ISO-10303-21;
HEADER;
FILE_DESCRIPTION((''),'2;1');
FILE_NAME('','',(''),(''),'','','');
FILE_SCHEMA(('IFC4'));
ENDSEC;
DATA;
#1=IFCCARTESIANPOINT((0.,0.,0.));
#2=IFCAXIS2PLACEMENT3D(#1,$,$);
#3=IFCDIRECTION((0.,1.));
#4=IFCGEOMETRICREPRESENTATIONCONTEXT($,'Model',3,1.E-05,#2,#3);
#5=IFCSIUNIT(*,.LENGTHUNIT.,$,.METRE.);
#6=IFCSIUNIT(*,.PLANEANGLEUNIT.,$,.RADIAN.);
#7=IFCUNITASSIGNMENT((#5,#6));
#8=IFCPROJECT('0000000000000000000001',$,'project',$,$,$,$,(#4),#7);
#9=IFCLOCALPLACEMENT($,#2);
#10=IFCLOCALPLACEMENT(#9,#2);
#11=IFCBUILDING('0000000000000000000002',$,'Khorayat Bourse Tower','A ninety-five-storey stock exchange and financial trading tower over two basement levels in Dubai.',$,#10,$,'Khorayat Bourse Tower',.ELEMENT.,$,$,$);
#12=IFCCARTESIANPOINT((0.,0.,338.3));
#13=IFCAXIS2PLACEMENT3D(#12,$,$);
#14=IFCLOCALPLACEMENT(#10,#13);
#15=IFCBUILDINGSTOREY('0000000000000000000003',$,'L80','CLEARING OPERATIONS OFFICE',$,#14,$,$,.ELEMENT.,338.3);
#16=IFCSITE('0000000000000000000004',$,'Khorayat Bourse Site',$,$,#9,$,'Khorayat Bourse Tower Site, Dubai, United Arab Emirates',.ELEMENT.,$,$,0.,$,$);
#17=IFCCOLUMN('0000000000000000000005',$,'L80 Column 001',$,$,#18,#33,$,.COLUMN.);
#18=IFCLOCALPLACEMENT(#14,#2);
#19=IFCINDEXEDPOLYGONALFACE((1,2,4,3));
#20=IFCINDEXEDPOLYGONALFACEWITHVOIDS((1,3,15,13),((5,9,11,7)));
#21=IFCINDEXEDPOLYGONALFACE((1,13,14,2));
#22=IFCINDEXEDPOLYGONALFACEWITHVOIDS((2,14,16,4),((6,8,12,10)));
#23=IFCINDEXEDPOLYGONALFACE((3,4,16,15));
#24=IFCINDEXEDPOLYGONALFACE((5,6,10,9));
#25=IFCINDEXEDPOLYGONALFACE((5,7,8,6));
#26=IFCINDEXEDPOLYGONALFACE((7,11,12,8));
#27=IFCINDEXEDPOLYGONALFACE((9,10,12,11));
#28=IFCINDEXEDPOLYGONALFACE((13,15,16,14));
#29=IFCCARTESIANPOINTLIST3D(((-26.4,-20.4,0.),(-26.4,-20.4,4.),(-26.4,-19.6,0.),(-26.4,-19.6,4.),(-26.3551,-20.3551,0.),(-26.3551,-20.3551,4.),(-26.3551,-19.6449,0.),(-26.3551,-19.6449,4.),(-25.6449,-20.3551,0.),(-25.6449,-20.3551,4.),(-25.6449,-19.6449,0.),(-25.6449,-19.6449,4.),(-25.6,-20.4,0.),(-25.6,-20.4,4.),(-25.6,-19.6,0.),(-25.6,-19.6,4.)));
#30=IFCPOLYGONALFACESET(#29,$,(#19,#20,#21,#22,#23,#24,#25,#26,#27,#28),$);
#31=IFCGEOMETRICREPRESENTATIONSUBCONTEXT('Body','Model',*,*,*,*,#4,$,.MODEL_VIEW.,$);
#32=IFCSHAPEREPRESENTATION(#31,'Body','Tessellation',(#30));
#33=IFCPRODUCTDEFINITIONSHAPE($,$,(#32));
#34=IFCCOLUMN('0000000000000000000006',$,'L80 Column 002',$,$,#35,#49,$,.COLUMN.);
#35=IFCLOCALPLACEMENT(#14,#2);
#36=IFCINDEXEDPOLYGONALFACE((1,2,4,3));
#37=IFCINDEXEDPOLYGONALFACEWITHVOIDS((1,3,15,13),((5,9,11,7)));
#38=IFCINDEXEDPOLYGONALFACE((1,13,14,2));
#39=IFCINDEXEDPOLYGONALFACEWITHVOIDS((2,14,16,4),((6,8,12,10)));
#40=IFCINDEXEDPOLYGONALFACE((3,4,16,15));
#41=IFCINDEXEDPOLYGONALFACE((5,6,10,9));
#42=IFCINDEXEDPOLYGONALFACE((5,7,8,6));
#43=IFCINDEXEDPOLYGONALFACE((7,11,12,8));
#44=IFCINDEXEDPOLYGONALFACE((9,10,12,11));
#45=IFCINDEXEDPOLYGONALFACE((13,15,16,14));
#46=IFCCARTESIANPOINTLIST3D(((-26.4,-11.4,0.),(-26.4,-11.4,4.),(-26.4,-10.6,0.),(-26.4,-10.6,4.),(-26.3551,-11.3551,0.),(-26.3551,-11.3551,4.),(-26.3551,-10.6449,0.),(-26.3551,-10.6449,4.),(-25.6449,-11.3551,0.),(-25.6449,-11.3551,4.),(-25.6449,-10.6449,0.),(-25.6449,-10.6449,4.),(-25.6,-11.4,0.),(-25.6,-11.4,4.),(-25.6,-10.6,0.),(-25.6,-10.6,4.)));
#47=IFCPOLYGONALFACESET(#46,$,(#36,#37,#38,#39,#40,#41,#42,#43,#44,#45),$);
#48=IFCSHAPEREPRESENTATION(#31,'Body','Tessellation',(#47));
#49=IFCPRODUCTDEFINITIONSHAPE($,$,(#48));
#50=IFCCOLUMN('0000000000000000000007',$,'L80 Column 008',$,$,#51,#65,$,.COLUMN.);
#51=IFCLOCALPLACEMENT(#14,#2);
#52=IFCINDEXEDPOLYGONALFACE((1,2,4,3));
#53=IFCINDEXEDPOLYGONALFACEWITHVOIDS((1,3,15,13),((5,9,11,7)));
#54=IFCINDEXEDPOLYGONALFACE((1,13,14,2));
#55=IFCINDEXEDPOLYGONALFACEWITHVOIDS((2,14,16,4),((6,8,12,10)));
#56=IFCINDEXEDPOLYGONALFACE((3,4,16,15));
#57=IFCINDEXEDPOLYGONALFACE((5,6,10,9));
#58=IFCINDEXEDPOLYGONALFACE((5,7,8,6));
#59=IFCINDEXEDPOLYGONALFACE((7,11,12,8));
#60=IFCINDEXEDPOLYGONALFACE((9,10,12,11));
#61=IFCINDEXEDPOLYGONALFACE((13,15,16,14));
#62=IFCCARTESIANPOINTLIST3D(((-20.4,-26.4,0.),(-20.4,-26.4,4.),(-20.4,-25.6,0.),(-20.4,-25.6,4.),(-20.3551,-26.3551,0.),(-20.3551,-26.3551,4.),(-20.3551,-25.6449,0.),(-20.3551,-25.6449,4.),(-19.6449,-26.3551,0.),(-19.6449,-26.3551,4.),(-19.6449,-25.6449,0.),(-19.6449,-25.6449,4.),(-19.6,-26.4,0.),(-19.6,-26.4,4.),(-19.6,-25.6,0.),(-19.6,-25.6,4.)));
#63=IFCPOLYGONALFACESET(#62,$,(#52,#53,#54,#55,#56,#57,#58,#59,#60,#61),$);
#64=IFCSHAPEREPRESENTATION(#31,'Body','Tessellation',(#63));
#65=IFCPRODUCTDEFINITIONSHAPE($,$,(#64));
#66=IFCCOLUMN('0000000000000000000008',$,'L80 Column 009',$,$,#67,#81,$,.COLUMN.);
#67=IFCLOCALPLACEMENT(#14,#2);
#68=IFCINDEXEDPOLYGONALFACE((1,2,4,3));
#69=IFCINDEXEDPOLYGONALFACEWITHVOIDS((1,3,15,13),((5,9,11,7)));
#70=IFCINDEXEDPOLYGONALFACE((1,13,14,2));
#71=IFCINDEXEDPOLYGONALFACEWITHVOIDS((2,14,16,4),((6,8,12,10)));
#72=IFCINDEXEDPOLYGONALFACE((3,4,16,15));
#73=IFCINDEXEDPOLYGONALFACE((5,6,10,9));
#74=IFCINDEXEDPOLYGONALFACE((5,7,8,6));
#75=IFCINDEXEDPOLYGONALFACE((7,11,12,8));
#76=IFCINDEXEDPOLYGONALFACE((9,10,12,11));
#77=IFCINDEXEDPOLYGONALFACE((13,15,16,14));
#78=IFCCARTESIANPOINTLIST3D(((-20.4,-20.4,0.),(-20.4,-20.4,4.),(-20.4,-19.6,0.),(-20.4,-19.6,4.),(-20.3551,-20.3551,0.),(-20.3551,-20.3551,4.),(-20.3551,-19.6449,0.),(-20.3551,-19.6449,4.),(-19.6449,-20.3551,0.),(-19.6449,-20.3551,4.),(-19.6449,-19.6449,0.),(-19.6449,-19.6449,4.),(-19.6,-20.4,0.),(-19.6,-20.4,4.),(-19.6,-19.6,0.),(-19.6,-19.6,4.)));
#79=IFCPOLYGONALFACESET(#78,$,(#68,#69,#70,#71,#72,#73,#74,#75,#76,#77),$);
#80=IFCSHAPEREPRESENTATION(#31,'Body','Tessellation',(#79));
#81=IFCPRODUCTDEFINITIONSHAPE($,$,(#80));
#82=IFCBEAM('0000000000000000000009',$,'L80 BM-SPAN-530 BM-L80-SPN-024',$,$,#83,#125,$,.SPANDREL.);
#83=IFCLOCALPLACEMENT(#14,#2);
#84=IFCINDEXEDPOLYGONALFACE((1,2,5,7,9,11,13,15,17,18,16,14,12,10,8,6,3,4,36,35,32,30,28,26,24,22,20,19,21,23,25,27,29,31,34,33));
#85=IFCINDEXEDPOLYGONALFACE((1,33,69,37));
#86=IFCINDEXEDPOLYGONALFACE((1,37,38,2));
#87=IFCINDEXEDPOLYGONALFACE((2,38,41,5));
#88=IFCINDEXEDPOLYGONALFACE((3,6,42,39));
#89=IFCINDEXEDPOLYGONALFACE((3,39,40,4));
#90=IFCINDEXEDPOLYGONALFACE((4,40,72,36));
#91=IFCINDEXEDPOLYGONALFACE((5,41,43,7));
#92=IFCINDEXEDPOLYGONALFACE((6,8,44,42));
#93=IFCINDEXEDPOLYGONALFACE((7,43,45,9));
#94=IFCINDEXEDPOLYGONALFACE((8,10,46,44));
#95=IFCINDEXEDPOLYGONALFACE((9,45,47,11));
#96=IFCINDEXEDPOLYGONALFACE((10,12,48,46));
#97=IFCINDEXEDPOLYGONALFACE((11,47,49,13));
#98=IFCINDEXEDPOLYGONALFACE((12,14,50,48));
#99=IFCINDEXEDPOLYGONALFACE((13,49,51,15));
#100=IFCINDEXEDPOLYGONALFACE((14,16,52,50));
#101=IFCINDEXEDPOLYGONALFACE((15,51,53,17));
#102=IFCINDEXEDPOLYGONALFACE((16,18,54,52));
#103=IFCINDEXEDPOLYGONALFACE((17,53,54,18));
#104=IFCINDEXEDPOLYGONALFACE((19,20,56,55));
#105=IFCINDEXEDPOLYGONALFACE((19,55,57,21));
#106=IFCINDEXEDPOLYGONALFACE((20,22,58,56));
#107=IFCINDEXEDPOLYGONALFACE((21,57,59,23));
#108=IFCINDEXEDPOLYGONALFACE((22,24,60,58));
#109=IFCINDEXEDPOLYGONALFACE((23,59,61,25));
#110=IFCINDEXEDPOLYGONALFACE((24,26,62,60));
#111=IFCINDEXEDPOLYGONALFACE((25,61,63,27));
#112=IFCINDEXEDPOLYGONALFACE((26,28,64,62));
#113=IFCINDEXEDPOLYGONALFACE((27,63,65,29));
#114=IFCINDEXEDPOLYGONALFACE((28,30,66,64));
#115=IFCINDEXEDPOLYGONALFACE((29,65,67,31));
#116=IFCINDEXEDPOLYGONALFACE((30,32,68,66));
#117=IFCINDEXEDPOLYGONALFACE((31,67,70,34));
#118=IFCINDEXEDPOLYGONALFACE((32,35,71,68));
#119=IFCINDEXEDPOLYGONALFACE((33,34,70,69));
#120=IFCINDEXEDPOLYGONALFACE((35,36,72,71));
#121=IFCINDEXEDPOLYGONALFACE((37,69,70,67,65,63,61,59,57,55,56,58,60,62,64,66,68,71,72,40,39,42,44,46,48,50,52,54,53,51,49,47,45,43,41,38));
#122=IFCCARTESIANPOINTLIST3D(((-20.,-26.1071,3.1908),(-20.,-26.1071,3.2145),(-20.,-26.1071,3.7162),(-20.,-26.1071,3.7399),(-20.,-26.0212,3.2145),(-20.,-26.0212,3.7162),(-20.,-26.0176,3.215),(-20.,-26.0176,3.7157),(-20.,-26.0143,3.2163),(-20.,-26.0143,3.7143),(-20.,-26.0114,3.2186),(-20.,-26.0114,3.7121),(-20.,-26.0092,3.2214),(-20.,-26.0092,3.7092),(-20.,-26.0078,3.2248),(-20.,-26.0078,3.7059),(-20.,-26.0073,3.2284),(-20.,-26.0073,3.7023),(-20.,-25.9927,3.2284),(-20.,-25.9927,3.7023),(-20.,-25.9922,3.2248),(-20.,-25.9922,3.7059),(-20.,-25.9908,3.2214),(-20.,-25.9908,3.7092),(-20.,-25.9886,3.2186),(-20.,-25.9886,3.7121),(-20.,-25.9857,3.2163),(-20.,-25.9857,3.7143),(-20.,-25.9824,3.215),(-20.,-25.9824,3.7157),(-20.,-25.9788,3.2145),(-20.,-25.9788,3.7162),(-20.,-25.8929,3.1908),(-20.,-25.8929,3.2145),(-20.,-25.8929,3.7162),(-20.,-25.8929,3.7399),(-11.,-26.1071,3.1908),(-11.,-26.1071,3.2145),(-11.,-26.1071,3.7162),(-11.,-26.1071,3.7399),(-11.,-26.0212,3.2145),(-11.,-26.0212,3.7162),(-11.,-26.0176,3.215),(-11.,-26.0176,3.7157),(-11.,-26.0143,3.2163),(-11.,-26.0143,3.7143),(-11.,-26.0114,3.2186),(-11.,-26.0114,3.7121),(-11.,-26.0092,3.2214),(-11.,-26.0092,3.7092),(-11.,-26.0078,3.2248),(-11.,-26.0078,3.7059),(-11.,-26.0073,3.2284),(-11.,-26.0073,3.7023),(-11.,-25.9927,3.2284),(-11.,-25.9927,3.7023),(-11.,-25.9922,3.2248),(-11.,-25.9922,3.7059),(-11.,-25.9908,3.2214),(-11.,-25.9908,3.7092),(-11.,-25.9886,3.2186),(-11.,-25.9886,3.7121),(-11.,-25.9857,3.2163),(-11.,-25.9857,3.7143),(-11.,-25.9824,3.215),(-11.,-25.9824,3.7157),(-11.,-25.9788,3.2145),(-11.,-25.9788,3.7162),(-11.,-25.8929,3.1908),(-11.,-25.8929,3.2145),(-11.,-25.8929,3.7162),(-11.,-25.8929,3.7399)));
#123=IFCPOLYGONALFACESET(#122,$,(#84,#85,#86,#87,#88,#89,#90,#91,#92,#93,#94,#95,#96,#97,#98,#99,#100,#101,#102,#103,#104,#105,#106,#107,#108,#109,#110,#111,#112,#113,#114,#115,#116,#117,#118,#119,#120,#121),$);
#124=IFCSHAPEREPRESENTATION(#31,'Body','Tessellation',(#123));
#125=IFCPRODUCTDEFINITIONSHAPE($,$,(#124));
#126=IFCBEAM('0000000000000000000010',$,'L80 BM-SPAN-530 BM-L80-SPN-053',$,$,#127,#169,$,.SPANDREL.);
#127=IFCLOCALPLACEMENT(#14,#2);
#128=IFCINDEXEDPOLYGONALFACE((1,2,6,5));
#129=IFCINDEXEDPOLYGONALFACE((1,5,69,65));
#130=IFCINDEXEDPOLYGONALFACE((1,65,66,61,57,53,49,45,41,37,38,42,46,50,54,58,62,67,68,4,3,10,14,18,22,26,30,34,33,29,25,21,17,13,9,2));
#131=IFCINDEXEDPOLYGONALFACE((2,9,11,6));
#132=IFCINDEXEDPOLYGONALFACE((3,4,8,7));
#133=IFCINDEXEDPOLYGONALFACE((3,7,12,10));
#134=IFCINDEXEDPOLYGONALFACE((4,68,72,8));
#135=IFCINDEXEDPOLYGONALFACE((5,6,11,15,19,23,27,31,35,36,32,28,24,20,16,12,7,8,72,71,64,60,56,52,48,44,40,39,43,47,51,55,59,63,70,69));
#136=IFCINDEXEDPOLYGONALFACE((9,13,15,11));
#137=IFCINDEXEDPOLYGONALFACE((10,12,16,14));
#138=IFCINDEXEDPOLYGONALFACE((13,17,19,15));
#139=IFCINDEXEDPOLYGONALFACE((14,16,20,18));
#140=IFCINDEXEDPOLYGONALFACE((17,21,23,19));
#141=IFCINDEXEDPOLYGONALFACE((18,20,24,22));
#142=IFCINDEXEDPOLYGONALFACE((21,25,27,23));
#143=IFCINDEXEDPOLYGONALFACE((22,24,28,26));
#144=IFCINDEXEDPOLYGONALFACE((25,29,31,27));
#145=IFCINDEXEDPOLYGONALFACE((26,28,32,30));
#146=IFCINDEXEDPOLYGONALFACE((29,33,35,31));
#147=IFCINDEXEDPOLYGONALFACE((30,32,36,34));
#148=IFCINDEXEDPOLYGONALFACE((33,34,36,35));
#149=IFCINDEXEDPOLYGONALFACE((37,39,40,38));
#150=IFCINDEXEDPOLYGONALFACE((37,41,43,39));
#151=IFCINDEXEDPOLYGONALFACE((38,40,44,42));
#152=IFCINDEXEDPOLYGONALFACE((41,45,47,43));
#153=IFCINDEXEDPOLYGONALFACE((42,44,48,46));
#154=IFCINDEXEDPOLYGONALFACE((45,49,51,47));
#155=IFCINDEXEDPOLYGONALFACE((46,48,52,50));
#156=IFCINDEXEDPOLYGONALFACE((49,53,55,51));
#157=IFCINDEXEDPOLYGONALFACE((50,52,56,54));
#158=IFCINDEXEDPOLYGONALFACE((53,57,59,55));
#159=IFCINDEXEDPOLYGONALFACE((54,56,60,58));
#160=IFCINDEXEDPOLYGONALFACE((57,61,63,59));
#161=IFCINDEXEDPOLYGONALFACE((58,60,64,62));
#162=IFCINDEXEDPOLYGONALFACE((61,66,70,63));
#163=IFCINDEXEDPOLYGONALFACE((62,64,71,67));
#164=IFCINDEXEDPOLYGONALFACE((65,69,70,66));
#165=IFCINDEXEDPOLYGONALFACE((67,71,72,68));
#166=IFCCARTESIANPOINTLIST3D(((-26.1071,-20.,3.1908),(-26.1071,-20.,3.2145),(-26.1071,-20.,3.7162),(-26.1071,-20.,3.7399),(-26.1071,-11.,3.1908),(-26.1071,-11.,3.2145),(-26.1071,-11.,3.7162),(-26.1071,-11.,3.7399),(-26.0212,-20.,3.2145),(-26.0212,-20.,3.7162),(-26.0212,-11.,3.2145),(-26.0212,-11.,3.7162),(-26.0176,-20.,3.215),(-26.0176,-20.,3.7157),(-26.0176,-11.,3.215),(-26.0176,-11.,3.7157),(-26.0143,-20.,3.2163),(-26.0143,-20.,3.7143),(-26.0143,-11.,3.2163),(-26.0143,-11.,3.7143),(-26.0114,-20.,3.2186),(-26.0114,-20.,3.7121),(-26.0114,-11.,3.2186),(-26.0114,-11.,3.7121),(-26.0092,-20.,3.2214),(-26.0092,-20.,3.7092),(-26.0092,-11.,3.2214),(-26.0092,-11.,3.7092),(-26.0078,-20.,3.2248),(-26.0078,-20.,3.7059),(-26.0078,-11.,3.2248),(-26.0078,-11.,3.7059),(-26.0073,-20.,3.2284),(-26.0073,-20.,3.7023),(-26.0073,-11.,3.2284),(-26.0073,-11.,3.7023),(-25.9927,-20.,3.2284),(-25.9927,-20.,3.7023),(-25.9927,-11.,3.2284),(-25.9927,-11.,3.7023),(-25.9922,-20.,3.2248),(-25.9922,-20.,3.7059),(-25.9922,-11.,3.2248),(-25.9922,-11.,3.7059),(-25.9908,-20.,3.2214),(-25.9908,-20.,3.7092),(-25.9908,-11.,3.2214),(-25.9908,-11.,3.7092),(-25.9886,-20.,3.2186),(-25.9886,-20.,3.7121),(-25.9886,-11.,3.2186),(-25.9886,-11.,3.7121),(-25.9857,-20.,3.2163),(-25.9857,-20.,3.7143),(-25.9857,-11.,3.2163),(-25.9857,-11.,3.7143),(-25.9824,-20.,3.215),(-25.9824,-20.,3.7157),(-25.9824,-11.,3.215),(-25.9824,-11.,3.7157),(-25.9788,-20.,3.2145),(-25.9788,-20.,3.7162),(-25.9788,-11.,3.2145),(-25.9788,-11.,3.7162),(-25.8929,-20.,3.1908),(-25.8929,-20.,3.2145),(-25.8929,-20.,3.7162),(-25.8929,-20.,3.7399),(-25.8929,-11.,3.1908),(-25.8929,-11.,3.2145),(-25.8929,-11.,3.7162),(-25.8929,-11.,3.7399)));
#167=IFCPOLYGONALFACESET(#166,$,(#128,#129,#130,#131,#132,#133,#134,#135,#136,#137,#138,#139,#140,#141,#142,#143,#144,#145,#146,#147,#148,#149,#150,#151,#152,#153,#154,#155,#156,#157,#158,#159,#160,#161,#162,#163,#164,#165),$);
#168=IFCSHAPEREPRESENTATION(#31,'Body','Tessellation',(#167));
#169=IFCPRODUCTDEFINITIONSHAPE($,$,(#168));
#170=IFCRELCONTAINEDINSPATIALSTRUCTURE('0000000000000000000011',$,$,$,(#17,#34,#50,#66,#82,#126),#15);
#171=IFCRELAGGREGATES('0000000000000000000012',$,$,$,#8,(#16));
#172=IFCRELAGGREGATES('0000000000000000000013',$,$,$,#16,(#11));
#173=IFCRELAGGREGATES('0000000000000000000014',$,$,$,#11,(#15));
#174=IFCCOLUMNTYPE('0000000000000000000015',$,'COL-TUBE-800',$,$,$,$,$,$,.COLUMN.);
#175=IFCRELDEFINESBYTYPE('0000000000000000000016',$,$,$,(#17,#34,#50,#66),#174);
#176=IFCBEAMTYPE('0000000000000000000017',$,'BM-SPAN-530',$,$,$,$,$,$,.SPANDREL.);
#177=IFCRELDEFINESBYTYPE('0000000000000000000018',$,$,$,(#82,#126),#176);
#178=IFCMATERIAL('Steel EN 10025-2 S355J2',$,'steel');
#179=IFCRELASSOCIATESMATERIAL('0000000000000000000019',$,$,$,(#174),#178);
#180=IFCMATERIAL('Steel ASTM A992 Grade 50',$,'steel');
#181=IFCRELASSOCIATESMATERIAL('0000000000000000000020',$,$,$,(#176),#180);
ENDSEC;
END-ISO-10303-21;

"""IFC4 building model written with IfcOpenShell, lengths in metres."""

from ifc_helpers import new_model, si_unit, direction, frame, origin, origin_2d, place, context, subcontext, project, spatial, hollow_rectangle, i_section, extrude, source, transform, mapped, material, material_profile, profile_set, type_object, element, save


model = new_model("IFC4")

# Units and contexts
model_context = context("Model", 3, precision=1e-05, world=origin(), true_north=direction((0.0, 1.0)))
body_context = subcontext(model_context, "Body", "Model", "MODEL_VIEW")
ifc_project = project(units=[si_unit("LENGTHUNIT", "METRE"), si_unit("PLANEANGLEUNIT", "RADIAN")], contexts=[model_context])

# Site, building, storey
site_placement = place(None, origin())
site = spatial("IfcSite", under=ifc_project, at=site_placement, Name="Khorayat Bourse Site", LongName="Khorayat Bourse Tower Site, Dubai, United Arab Emirates", CompositionType="ELEMENT", RefElevation=0.0)
building_placement = place(site_placement, origin())
building = spatial("IfcBuilding", under=site, at=building_placement, Name="Khorayat Bourse Tower", Description="A ninety-five-storey stock exchange and financial trading tower over two basement levels in Dubai.", LongName="Khorayat Bourse Tower", CompositionType="ELEMENT")
storey_placement = place(building_placement, frame((0.0, 0.0, 338.3)))
storey = spatial("IfcBuildingStorey", under=building, at=storey_placement, Name="L80", Description="CLEARING OPERATIONS OFFICE", CompositionType="ELEMENT", Elevation=338.3)

# Columns
ifc_material_1 = material(Name="Steel EN 10025-2 S355J2", Category="steel")
ifc_material_profile_1 = material_profile(ifc_material_1, hollow_rectangle(XDim=0.8, YDim=0.8, WallThickness=0.0449, at=origin_2d()), Name="BOX 800x800x45")
ifc_profile_set_1 = profile_set([ifc_material_profile_1], Name="Steel EN 10025-2 S355J2")
column_type = type_object("IfcColumnType", Name="COL-TUBE-800", PredefinedType="COLUMN", material=ifc_profile_set_1)
shared_shape_1 = source(origin(), body_context, "Body", "SweptSolid", [
    extrude(hollow_rectangle(XDim=0.8, YDim=0.8, WallThickness=0.0449, at=origin_2d()), origin(), (0.0, 0.0, 1.0), 4.0),
])
for number, where, z_axis, x_axis, name in (
    (1, (-26.0, -20.0, 0.0), (0.0, 0.0, 1.0), (1.0, 0.0, 0.0), "L80 Column 001"),
    (2, (-26.0, -11.0, 0.0), (0.0, 0.0, 1.0), (1.0, 0.0, 0.0), "L80 Column 002"),
    (3, (-20.0, -26.0, 0.0), (0.0, 0.0, 1.0), (1.0, 0.0, 0.0), "L80 Column 008"),
    (4, (-20.0, -20.0, 0.0), (0.0, 0.0, 1.0), (1.0, 0.0, 0.0), "L80 Column 009"),
):
    element("IfcColumn", number, at=place(storey_placement, frame(where, z_axis=z_axis, x_axis=x_axis)), inside=storey, type_object=column_type, Name=name, PredefinedType="COLUMN", context=body_context, shape_type="MappedRepresentation", body=[
        mapped(shared_shape_1, transform((0.0, 0.0, 0.0), scale=1.0)),
    ])

# Beams
ifc_material_2 = material(Name="Steel ASTM A992 Grade 50", Category="steel")
ifc_material_profile_2 = material_profile(ifc_material_2, i_section(OverallWidth=0.2141, OverallDepth=0.5491, WebThickness=0.0146, FlangeThickness=0.0237, FilletRadius=0.0139, at=origin_2d()), Name="W530X138")
ifc_profile_set_2 = profile_set([ifc_material_profile_2], Name="Steel ASTM A992 Grade 50")
beam_type_1 = type_object("IfcBeamType", Name="BM-SPAN-530", PredefinedType="SPANDREL", material=ifc_profile_set_2)
shared_shape_2 = source(origin(), body_context, "Body", "SweptSolid", [
    extrude(i_section(OverallWidth=0.2141, OverallDepth=0.5491, WebThickness=0.0146, FlangeThickness=0.0237, FilletRadius=0.0139, at=origin_2d()), origin(), (0.0, 0.0, 1.0), 9.0),
])
for number, where, z_axis, x_axis, name in (
    (5, (-20.0, -26.0, 3.4653), (1.0, 0.0, 0.0), (0.0, 1.0, 0.0), "L80 BM-SPAN-530 BM-L80-SPN-024"),
    (6, (-26.0, -20.0, 3.4653), (0.0, 1.0, 0.0), (-1.0, 0.0, 0.0), "L80 BM-SPAN-530 BM-L80-SPN-053"),
):
    element("IfcBeam", number, at=place(storey_placement, frame(where, z_axis=z_axis, x_axis=x_axis)), inside=storey, type_object=beam_type_1, Name=name, PredefinedType="SPANDREL", context=body_context, shape_type="MappedRepresentation", body=[
        mapped(shared_shape_2, transform((0.0, 0.0, 0.0), scale=1.0)),
    ])

save(model, "model.ifc")
